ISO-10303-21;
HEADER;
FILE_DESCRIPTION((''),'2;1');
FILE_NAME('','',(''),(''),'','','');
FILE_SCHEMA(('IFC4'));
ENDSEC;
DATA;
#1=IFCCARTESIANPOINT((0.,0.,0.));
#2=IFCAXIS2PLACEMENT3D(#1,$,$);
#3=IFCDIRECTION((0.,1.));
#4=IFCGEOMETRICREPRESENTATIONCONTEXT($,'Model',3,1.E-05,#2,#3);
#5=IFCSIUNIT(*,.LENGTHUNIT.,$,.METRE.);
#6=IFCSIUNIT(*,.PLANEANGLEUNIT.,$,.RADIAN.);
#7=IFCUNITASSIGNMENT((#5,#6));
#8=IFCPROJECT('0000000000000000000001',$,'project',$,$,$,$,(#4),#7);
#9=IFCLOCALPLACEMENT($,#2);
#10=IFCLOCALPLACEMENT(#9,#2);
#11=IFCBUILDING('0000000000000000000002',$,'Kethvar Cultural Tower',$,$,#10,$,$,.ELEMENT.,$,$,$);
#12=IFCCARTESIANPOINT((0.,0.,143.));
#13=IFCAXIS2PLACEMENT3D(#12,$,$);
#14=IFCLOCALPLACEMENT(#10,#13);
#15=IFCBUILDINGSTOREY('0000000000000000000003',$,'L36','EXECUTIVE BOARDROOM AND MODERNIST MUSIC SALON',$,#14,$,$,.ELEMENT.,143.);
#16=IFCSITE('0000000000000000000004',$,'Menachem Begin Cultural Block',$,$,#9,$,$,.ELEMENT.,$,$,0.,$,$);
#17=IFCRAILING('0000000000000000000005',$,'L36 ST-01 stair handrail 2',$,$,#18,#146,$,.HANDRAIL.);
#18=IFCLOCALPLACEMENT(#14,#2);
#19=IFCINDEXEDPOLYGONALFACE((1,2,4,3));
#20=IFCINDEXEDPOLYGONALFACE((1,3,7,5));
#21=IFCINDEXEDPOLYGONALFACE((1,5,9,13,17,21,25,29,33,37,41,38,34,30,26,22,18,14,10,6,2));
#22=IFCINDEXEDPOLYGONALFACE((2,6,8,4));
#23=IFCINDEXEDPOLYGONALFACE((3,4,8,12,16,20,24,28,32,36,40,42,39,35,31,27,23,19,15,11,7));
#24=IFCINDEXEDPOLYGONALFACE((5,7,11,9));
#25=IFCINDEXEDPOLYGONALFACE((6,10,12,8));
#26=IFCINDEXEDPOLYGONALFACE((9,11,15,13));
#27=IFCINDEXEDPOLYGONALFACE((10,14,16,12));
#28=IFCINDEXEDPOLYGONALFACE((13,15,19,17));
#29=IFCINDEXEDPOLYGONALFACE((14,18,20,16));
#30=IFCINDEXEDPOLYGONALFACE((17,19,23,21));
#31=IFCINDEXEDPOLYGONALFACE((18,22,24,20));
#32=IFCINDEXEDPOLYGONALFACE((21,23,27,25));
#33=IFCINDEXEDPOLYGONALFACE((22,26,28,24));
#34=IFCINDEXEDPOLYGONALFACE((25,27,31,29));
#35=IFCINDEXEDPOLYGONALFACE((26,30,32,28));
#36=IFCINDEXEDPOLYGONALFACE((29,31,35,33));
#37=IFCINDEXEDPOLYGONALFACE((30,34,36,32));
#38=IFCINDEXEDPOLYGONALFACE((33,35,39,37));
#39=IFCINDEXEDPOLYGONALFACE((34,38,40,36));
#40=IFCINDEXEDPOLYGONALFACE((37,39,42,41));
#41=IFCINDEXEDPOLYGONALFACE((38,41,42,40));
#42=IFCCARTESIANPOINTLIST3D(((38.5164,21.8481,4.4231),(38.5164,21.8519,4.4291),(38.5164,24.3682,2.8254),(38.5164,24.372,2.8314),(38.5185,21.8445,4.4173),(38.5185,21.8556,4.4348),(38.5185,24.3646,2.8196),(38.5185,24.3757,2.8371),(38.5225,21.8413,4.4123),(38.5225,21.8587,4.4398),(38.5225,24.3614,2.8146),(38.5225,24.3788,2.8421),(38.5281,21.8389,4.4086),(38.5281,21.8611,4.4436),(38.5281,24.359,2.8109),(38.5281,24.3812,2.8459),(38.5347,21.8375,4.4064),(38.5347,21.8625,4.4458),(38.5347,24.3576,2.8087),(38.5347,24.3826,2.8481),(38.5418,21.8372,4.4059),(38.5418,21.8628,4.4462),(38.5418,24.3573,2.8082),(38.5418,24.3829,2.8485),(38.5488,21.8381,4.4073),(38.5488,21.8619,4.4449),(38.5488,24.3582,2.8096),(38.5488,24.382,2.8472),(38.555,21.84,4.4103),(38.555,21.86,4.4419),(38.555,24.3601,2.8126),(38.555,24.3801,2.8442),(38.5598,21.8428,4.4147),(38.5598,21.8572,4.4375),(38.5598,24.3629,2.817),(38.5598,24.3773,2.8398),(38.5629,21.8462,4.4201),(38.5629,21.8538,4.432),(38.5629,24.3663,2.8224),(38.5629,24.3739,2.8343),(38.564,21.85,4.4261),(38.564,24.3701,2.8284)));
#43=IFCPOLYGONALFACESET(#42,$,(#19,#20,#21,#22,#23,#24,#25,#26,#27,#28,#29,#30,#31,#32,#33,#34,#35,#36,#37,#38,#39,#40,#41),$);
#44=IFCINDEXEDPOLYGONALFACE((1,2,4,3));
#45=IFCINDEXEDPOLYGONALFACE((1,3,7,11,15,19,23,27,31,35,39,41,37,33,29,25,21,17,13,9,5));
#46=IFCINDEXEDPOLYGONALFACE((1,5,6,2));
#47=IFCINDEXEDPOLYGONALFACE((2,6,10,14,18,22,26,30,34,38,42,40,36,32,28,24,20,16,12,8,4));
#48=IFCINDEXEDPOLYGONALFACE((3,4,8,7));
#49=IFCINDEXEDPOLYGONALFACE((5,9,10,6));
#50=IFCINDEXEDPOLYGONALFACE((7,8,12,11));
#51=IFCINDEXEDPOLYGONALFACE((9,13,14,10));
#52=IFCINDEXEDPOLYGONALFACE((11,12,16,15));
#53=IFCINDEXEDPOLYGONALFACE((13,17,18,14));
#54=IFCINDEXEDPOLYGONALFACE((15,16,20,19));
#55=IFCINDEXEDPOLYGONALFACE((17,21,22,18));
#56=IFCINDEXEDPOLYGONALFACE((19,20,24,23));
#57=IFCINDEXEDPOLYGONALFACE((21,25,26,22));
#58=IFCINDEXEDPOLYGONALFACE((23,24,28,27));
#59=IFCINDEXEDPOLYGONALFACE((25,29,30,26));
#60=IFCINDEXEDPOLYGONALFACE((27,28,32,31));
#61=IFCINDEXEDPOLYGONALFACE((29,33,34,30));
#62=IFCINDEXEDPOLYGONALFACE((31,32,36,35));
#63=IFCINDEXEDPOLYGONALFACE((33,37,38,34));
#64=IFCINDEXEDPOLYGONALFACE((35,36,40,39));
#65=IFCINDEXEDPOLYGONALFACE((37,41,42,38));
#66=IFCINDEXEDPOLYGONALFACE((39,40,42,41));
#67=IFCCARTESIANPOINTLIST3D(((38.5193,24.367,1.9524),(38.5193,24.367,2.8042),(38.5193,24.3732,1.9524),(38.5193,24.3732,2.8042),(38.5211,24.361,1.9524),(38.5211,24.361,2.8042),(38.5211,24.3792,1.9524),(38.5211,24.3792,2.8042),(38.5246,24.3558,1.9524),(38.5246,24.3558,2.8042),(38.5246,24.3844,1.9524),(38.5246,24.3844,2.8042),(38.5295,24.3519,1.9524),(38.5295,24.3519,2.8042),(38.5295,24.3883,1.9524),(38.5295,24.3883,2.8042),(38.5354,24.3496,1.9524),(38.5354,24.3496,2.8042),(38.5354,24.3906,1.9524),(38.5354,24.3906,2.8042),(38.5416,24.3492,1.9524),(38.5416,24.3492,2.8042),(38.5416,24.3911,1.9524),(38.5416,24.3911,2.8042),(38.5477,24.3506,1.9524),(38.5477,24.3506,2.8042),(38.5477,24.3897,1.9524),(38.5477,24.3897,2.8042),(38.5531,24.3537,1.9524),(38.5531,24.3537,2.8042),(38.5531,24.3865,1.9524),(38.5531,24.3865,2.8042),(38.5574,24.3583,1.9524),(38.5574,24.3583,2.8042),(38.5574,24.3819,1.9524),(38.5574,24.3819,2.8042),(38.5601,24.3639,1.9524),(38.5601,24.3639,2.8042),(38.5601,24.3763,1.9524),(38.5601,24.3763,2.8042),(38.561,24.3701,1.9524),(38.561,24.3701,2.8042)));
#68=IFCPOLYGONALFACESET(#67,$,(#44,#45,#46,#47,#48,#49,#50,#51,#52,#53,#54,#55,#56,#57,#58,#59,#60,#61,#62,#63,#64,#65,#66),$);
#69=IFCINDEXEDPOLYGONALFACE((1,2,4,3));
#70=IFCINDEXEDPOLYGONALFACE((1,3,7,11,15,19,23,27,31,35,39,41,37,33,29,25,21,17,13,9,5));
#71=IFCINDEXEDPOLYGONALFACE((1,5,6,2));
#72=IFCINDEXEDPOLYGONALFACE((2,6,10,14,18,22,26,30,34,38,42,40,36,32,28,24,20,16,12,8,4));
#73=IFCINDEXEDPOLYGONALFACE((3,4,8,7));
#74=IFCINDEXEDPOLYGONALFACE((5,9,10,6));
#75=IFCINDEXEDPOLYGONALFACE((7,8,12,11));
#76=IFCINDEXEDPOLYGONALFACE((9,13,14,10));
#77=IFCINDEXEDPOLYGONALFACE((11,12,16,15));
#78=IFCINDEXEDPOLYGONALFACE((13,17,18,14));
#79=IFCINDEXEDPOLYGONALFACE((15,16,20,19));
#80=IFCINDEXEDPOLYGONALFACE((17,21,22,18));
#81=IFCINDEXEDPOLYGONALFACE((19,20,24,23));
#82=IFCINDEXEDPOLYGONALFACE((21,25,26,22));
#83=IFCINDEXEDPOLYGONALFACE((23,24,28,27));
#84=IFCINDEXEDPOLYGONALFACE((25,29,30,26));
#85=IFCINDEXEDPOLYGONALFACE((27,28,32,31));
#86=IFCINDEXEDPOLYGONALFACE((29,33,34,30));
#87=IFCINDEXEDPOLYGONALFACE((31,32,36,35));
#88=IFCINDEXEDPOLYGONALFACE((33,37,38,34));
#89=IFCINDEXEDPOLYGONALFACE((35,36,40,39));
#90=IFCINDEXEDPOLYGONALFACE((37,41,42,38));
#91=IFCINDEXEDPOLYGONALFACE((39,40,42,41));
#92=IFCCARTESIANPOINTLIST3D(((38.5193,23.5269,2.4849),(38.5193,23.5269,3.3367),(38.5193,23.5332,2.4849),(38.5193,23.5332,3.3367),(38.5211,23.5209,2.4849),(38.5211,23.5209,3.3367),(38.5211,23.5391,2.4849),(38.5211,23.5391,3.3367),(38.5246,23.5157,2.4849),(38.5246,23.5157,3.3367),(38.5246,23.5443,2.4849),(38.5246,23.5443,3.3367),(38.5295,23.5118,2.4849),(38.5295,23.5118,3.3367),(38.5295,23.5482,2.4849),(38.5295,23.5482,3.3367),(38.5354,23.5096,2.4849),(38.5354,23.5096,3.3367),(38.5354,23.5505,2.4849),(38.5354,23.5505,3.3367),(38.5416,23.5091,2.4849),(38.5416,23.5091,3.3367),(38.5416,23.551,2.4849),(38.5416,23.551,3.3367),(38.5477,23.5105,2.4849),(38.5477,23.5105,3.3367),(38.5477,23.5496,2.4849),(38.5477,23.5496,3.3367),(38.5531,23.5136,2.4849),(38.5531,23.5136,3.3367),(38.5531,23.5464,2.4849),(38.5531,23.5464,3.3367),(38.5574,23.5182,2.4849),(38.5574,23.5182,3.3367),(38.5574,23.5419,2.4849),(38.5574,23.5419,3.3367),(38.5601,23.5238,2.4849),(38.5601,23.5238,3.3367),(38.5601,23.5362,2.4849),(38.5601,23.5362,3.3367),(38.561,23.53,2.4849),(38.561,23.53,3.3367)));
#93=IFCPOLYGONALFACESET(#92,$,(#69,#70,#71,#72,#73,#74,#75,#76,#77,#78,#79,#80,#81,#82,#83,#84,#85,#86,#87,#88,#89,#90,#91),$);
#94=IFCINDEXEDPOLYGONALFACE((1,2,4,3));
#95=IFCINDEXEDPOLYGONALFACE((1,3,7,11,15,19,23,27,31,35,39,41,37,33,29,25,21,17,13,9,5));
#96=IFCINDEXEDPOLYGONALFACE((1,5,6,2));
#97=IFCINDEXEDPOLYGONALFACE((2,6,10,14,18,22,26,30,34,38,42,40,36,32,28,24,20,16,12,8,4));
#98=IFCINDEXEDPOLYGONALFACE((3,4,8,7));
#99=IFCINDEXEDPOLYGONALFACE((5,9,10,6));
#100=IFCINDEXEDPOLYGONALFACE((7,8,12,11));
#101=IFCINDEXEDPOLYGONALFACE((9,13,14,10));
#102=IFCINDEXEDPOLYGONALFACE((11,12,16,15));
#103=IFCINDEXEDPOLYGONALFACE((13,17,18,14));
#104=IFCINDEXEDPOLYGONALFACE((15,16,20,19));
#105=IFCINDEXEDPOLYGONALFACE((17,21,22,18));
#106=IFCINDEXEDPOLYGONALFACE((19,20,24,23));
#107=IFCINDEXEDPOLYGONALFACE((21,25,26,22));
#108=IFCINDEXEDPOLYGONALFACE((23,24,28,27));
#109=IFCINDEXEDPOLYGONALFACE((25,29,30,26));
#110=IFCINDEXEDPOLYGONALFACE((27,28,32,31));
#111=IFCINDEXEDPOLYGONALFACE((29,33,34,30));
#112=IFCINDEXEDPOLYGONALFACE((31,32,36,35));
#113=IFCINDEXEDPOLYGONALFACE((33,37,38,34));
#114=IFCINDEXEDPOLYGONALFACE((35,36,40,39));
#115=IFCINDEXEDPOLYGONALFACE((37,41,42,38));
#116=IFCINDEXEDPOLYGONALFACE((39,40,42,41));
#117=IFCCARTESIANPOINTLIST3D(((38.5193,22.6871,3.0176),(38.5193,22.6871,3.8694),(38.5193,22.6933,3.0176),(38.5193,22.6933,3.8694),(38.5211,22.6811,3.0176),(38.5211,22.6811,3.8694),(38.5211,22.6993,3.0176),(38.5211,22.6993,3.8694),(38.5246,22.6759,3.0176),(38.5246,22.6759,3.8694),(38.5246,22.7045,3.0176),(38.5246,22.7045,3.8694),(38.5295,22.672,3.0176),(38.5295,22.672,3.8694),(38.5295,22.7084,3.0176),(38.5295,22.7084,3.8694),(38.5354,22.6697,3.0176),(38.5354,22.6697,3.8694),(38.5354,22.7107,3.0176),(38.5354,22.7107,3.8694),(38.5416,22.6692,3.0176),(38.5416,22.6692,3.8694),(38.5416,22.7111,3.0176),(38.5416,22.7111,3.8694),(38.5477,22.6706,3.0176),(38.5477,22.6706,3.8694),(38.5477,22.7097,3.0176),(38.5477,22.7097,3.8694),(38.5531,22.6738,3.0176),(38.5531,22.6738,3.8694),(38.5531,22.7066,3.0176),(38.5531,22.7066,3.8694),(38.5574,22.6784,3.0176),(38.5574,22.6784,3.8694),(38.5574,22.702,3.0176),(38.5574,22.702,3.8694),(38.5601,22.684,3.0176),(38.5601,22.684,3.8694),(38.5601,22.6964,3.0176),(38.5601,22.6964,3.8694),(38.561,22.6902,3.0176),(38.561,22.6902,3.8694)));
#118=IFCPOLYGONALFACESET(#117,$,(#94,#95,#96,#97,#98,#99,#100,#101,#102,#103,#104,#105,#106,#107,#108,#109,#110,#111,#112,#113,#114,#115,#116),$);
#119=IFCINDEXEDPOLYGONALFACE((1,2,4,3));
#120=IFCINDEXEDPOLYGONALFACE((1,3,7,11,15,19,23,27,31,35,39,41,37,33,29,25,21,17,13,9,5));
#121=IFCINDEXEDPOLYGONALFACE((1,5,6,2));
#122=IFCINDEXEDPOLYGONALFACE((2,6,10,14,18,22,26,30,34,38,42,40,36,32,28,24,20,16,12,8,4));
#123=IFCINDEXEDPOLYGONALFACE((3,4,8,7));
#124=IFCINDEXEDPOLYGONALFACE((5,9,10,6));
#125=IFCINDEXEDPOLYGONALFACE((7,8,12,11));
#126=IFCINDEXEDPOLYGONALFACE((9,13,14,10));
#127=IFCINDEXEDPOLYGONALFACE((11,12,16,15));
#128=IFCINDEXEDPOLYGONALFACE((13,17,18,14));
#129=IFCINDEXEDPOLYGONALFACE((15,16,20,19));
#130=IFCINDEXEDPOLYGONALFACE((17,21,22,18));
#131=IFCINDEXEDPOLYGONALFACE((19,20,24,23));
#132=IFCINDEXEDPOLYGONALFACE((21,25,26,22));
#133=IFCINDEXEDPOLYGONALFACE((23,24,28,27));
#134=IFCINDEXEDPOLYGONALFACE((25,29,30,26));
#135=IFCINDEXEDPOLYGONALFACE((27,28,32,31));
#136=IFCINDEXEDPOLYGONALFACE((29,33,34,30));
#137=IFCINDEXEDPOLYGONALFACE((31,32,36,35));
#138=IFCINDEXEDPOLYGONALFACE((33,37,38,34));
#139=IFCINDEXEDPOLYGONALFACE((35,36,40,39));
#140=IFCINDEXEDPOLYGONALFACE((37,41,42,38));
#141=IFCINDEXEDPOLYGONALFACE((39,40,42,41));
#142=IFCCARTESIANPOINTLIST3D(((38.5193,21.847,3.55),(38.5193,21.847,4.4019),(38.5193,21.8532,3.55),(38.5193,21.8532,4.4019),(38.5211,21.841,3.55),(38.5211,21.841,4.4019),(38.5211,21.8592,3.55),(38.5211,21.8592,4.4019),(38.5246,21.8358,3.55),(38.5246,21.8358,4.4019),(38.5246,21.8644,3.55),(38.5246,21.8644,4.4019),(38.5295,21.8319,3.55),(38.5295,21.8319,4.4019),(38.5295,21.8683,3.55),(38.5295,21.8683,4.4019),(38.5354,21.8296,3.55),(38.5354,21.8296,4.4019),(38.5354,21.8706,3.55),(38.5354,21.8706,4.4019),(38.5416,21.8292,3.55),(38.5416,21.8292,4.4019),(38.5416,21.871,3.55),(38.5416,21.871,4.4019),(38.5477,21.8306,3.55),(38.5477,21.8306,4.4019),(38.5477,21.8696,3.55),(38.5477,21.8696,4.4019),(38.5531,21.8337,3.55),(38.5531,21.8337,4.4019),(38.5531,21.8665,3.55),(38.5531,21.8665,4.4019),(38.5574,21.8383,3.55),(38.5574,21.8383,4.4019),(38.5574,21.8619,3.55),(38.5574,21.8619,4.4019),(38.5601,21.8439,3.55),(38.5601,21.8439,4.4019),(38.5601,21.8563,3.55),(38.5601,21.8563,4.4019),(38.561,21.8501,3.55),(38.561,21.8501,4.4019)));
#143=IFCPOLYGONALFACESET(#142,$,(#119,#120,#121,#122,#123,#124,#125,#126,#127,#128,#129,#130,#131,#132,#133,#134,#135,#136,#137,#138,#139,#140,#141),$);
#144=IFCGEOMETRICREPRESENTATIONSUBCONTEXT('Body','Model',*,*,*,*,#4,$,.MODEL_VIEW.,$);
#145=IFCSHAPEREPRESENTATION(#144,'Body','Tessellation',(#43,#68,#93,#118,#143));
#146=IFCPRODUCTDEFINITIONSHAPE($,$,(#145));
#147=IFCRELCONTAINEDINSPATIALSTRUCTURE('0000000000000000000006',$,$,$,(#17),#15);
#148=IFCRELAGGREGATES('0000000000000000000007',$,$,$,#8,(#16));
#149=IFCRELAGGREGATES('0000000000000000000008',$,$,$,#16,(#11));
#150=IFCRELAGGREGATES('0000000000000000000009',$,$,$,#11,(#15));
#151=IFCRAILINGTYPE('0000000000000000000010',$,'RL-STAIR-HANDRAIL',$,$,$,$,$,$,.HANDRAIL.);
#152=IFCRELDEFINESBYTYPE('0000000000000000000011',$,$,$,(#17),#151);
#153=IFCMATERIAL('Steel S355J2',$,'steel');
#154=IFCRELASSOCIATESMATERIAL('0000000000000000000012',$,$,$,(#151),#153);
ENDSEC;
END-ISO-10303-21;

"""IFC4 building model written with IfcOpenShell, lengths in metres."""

from ifc_helpers import new_model, si_unit, direction, frame, origin, origin_2d, place, context, subcontext, project, spatial, circle, extrude, material, type_object, element, save


model = new_model("IFC4")

# Units and contexts
model_context = context("Model", 3, precision=1e-05, world=origin(), true_north=direction((0.0, 1.0)))
body_context = subcontext(model_context, "Body", "Model", "MODEL_VIEW")
ifc_project = project(units=[si_unit("LENGTHUNIT", "METRE"), si_unit("PLANEANGLEUNIT", "RADIAN")], contexts=[model_context])

# Site, building, storey
site_placement = place(None, origin())
site = spatial("IfcSite", under=ifc_project, at=site_placement, Name="Menachem Begin Cultural Block", CompositionType="ELEMENT", RefElevation=0.0)
building_placement = place(site_placement, origin())
building = spatial("IfcBuilding", under=site, at=building_placement, Name="Kethvar Cultural Tower", CompositionType="ELEMENT")
storey_placement = place(building_placement, frame((0.0, 0.0, 143.0)))
storey = spatial("IfcBuildingStorey", under=building, at=storey_placement, Name="L36", Description="EXECUTIVE BOARDROOM AND MODERNIST MUSIC SALON", CompositionType="ELEMENT", Elevation=143.0)

# Shared definitions
ifc_material_1 = material(Name="Steel S355J2", Category="steel")

# Railing
railing_type_1 = type_object("IfcRailingType", Name="RL-STAIR-HANDRAIL", PredefinedType="HANDRAIL", material=ifc_material_1)
railing_1_placement = place(storey_placement, frame((38.54, 24.3701, 1.9524)))
element("IfcRailing", 1, at=railing_1_placement, inside=storey, type_object=railing_type_1, Name="L36 ST-01 stair handrail 2", PredefinedType="HANDRAIL", context=body_context, shape_type="SweptSolid", body=[
    extrude(circle(Radius=0.0239, at=origin_2d()), frame((0.0, 0.0, 0.876), z_axis=(0.0, -0.84457, 0.535445), x_axis=(1.0, 0.0, 0.0)), (0.0, 0.0, 1.0), 2.9839),
    extrude(circle(Radius=0.021, at=origin_2d()), origin(), (0.0, 0.0, 1.0), 0.8518),
    extrude(circle(Radius=0.021, at=origin_2d()), frame((0.0, -0.8401, 0.5325)), (0.0, 0.0, 1.0), 0.8518),
    extrude(circle(Radius=0.021, at=origin_2d()), frame((0.0, -1.6799, 1.0652)), (0.0, 0.0, 1.0), 0.8518),
    extrude(circle(Radius=0.021, at=origin_2d()), frame((0.0, -2.52, 1.5977)), (0.0, 0.0, 1.0), 0.8518),
])

save(model, "model.ifc")
